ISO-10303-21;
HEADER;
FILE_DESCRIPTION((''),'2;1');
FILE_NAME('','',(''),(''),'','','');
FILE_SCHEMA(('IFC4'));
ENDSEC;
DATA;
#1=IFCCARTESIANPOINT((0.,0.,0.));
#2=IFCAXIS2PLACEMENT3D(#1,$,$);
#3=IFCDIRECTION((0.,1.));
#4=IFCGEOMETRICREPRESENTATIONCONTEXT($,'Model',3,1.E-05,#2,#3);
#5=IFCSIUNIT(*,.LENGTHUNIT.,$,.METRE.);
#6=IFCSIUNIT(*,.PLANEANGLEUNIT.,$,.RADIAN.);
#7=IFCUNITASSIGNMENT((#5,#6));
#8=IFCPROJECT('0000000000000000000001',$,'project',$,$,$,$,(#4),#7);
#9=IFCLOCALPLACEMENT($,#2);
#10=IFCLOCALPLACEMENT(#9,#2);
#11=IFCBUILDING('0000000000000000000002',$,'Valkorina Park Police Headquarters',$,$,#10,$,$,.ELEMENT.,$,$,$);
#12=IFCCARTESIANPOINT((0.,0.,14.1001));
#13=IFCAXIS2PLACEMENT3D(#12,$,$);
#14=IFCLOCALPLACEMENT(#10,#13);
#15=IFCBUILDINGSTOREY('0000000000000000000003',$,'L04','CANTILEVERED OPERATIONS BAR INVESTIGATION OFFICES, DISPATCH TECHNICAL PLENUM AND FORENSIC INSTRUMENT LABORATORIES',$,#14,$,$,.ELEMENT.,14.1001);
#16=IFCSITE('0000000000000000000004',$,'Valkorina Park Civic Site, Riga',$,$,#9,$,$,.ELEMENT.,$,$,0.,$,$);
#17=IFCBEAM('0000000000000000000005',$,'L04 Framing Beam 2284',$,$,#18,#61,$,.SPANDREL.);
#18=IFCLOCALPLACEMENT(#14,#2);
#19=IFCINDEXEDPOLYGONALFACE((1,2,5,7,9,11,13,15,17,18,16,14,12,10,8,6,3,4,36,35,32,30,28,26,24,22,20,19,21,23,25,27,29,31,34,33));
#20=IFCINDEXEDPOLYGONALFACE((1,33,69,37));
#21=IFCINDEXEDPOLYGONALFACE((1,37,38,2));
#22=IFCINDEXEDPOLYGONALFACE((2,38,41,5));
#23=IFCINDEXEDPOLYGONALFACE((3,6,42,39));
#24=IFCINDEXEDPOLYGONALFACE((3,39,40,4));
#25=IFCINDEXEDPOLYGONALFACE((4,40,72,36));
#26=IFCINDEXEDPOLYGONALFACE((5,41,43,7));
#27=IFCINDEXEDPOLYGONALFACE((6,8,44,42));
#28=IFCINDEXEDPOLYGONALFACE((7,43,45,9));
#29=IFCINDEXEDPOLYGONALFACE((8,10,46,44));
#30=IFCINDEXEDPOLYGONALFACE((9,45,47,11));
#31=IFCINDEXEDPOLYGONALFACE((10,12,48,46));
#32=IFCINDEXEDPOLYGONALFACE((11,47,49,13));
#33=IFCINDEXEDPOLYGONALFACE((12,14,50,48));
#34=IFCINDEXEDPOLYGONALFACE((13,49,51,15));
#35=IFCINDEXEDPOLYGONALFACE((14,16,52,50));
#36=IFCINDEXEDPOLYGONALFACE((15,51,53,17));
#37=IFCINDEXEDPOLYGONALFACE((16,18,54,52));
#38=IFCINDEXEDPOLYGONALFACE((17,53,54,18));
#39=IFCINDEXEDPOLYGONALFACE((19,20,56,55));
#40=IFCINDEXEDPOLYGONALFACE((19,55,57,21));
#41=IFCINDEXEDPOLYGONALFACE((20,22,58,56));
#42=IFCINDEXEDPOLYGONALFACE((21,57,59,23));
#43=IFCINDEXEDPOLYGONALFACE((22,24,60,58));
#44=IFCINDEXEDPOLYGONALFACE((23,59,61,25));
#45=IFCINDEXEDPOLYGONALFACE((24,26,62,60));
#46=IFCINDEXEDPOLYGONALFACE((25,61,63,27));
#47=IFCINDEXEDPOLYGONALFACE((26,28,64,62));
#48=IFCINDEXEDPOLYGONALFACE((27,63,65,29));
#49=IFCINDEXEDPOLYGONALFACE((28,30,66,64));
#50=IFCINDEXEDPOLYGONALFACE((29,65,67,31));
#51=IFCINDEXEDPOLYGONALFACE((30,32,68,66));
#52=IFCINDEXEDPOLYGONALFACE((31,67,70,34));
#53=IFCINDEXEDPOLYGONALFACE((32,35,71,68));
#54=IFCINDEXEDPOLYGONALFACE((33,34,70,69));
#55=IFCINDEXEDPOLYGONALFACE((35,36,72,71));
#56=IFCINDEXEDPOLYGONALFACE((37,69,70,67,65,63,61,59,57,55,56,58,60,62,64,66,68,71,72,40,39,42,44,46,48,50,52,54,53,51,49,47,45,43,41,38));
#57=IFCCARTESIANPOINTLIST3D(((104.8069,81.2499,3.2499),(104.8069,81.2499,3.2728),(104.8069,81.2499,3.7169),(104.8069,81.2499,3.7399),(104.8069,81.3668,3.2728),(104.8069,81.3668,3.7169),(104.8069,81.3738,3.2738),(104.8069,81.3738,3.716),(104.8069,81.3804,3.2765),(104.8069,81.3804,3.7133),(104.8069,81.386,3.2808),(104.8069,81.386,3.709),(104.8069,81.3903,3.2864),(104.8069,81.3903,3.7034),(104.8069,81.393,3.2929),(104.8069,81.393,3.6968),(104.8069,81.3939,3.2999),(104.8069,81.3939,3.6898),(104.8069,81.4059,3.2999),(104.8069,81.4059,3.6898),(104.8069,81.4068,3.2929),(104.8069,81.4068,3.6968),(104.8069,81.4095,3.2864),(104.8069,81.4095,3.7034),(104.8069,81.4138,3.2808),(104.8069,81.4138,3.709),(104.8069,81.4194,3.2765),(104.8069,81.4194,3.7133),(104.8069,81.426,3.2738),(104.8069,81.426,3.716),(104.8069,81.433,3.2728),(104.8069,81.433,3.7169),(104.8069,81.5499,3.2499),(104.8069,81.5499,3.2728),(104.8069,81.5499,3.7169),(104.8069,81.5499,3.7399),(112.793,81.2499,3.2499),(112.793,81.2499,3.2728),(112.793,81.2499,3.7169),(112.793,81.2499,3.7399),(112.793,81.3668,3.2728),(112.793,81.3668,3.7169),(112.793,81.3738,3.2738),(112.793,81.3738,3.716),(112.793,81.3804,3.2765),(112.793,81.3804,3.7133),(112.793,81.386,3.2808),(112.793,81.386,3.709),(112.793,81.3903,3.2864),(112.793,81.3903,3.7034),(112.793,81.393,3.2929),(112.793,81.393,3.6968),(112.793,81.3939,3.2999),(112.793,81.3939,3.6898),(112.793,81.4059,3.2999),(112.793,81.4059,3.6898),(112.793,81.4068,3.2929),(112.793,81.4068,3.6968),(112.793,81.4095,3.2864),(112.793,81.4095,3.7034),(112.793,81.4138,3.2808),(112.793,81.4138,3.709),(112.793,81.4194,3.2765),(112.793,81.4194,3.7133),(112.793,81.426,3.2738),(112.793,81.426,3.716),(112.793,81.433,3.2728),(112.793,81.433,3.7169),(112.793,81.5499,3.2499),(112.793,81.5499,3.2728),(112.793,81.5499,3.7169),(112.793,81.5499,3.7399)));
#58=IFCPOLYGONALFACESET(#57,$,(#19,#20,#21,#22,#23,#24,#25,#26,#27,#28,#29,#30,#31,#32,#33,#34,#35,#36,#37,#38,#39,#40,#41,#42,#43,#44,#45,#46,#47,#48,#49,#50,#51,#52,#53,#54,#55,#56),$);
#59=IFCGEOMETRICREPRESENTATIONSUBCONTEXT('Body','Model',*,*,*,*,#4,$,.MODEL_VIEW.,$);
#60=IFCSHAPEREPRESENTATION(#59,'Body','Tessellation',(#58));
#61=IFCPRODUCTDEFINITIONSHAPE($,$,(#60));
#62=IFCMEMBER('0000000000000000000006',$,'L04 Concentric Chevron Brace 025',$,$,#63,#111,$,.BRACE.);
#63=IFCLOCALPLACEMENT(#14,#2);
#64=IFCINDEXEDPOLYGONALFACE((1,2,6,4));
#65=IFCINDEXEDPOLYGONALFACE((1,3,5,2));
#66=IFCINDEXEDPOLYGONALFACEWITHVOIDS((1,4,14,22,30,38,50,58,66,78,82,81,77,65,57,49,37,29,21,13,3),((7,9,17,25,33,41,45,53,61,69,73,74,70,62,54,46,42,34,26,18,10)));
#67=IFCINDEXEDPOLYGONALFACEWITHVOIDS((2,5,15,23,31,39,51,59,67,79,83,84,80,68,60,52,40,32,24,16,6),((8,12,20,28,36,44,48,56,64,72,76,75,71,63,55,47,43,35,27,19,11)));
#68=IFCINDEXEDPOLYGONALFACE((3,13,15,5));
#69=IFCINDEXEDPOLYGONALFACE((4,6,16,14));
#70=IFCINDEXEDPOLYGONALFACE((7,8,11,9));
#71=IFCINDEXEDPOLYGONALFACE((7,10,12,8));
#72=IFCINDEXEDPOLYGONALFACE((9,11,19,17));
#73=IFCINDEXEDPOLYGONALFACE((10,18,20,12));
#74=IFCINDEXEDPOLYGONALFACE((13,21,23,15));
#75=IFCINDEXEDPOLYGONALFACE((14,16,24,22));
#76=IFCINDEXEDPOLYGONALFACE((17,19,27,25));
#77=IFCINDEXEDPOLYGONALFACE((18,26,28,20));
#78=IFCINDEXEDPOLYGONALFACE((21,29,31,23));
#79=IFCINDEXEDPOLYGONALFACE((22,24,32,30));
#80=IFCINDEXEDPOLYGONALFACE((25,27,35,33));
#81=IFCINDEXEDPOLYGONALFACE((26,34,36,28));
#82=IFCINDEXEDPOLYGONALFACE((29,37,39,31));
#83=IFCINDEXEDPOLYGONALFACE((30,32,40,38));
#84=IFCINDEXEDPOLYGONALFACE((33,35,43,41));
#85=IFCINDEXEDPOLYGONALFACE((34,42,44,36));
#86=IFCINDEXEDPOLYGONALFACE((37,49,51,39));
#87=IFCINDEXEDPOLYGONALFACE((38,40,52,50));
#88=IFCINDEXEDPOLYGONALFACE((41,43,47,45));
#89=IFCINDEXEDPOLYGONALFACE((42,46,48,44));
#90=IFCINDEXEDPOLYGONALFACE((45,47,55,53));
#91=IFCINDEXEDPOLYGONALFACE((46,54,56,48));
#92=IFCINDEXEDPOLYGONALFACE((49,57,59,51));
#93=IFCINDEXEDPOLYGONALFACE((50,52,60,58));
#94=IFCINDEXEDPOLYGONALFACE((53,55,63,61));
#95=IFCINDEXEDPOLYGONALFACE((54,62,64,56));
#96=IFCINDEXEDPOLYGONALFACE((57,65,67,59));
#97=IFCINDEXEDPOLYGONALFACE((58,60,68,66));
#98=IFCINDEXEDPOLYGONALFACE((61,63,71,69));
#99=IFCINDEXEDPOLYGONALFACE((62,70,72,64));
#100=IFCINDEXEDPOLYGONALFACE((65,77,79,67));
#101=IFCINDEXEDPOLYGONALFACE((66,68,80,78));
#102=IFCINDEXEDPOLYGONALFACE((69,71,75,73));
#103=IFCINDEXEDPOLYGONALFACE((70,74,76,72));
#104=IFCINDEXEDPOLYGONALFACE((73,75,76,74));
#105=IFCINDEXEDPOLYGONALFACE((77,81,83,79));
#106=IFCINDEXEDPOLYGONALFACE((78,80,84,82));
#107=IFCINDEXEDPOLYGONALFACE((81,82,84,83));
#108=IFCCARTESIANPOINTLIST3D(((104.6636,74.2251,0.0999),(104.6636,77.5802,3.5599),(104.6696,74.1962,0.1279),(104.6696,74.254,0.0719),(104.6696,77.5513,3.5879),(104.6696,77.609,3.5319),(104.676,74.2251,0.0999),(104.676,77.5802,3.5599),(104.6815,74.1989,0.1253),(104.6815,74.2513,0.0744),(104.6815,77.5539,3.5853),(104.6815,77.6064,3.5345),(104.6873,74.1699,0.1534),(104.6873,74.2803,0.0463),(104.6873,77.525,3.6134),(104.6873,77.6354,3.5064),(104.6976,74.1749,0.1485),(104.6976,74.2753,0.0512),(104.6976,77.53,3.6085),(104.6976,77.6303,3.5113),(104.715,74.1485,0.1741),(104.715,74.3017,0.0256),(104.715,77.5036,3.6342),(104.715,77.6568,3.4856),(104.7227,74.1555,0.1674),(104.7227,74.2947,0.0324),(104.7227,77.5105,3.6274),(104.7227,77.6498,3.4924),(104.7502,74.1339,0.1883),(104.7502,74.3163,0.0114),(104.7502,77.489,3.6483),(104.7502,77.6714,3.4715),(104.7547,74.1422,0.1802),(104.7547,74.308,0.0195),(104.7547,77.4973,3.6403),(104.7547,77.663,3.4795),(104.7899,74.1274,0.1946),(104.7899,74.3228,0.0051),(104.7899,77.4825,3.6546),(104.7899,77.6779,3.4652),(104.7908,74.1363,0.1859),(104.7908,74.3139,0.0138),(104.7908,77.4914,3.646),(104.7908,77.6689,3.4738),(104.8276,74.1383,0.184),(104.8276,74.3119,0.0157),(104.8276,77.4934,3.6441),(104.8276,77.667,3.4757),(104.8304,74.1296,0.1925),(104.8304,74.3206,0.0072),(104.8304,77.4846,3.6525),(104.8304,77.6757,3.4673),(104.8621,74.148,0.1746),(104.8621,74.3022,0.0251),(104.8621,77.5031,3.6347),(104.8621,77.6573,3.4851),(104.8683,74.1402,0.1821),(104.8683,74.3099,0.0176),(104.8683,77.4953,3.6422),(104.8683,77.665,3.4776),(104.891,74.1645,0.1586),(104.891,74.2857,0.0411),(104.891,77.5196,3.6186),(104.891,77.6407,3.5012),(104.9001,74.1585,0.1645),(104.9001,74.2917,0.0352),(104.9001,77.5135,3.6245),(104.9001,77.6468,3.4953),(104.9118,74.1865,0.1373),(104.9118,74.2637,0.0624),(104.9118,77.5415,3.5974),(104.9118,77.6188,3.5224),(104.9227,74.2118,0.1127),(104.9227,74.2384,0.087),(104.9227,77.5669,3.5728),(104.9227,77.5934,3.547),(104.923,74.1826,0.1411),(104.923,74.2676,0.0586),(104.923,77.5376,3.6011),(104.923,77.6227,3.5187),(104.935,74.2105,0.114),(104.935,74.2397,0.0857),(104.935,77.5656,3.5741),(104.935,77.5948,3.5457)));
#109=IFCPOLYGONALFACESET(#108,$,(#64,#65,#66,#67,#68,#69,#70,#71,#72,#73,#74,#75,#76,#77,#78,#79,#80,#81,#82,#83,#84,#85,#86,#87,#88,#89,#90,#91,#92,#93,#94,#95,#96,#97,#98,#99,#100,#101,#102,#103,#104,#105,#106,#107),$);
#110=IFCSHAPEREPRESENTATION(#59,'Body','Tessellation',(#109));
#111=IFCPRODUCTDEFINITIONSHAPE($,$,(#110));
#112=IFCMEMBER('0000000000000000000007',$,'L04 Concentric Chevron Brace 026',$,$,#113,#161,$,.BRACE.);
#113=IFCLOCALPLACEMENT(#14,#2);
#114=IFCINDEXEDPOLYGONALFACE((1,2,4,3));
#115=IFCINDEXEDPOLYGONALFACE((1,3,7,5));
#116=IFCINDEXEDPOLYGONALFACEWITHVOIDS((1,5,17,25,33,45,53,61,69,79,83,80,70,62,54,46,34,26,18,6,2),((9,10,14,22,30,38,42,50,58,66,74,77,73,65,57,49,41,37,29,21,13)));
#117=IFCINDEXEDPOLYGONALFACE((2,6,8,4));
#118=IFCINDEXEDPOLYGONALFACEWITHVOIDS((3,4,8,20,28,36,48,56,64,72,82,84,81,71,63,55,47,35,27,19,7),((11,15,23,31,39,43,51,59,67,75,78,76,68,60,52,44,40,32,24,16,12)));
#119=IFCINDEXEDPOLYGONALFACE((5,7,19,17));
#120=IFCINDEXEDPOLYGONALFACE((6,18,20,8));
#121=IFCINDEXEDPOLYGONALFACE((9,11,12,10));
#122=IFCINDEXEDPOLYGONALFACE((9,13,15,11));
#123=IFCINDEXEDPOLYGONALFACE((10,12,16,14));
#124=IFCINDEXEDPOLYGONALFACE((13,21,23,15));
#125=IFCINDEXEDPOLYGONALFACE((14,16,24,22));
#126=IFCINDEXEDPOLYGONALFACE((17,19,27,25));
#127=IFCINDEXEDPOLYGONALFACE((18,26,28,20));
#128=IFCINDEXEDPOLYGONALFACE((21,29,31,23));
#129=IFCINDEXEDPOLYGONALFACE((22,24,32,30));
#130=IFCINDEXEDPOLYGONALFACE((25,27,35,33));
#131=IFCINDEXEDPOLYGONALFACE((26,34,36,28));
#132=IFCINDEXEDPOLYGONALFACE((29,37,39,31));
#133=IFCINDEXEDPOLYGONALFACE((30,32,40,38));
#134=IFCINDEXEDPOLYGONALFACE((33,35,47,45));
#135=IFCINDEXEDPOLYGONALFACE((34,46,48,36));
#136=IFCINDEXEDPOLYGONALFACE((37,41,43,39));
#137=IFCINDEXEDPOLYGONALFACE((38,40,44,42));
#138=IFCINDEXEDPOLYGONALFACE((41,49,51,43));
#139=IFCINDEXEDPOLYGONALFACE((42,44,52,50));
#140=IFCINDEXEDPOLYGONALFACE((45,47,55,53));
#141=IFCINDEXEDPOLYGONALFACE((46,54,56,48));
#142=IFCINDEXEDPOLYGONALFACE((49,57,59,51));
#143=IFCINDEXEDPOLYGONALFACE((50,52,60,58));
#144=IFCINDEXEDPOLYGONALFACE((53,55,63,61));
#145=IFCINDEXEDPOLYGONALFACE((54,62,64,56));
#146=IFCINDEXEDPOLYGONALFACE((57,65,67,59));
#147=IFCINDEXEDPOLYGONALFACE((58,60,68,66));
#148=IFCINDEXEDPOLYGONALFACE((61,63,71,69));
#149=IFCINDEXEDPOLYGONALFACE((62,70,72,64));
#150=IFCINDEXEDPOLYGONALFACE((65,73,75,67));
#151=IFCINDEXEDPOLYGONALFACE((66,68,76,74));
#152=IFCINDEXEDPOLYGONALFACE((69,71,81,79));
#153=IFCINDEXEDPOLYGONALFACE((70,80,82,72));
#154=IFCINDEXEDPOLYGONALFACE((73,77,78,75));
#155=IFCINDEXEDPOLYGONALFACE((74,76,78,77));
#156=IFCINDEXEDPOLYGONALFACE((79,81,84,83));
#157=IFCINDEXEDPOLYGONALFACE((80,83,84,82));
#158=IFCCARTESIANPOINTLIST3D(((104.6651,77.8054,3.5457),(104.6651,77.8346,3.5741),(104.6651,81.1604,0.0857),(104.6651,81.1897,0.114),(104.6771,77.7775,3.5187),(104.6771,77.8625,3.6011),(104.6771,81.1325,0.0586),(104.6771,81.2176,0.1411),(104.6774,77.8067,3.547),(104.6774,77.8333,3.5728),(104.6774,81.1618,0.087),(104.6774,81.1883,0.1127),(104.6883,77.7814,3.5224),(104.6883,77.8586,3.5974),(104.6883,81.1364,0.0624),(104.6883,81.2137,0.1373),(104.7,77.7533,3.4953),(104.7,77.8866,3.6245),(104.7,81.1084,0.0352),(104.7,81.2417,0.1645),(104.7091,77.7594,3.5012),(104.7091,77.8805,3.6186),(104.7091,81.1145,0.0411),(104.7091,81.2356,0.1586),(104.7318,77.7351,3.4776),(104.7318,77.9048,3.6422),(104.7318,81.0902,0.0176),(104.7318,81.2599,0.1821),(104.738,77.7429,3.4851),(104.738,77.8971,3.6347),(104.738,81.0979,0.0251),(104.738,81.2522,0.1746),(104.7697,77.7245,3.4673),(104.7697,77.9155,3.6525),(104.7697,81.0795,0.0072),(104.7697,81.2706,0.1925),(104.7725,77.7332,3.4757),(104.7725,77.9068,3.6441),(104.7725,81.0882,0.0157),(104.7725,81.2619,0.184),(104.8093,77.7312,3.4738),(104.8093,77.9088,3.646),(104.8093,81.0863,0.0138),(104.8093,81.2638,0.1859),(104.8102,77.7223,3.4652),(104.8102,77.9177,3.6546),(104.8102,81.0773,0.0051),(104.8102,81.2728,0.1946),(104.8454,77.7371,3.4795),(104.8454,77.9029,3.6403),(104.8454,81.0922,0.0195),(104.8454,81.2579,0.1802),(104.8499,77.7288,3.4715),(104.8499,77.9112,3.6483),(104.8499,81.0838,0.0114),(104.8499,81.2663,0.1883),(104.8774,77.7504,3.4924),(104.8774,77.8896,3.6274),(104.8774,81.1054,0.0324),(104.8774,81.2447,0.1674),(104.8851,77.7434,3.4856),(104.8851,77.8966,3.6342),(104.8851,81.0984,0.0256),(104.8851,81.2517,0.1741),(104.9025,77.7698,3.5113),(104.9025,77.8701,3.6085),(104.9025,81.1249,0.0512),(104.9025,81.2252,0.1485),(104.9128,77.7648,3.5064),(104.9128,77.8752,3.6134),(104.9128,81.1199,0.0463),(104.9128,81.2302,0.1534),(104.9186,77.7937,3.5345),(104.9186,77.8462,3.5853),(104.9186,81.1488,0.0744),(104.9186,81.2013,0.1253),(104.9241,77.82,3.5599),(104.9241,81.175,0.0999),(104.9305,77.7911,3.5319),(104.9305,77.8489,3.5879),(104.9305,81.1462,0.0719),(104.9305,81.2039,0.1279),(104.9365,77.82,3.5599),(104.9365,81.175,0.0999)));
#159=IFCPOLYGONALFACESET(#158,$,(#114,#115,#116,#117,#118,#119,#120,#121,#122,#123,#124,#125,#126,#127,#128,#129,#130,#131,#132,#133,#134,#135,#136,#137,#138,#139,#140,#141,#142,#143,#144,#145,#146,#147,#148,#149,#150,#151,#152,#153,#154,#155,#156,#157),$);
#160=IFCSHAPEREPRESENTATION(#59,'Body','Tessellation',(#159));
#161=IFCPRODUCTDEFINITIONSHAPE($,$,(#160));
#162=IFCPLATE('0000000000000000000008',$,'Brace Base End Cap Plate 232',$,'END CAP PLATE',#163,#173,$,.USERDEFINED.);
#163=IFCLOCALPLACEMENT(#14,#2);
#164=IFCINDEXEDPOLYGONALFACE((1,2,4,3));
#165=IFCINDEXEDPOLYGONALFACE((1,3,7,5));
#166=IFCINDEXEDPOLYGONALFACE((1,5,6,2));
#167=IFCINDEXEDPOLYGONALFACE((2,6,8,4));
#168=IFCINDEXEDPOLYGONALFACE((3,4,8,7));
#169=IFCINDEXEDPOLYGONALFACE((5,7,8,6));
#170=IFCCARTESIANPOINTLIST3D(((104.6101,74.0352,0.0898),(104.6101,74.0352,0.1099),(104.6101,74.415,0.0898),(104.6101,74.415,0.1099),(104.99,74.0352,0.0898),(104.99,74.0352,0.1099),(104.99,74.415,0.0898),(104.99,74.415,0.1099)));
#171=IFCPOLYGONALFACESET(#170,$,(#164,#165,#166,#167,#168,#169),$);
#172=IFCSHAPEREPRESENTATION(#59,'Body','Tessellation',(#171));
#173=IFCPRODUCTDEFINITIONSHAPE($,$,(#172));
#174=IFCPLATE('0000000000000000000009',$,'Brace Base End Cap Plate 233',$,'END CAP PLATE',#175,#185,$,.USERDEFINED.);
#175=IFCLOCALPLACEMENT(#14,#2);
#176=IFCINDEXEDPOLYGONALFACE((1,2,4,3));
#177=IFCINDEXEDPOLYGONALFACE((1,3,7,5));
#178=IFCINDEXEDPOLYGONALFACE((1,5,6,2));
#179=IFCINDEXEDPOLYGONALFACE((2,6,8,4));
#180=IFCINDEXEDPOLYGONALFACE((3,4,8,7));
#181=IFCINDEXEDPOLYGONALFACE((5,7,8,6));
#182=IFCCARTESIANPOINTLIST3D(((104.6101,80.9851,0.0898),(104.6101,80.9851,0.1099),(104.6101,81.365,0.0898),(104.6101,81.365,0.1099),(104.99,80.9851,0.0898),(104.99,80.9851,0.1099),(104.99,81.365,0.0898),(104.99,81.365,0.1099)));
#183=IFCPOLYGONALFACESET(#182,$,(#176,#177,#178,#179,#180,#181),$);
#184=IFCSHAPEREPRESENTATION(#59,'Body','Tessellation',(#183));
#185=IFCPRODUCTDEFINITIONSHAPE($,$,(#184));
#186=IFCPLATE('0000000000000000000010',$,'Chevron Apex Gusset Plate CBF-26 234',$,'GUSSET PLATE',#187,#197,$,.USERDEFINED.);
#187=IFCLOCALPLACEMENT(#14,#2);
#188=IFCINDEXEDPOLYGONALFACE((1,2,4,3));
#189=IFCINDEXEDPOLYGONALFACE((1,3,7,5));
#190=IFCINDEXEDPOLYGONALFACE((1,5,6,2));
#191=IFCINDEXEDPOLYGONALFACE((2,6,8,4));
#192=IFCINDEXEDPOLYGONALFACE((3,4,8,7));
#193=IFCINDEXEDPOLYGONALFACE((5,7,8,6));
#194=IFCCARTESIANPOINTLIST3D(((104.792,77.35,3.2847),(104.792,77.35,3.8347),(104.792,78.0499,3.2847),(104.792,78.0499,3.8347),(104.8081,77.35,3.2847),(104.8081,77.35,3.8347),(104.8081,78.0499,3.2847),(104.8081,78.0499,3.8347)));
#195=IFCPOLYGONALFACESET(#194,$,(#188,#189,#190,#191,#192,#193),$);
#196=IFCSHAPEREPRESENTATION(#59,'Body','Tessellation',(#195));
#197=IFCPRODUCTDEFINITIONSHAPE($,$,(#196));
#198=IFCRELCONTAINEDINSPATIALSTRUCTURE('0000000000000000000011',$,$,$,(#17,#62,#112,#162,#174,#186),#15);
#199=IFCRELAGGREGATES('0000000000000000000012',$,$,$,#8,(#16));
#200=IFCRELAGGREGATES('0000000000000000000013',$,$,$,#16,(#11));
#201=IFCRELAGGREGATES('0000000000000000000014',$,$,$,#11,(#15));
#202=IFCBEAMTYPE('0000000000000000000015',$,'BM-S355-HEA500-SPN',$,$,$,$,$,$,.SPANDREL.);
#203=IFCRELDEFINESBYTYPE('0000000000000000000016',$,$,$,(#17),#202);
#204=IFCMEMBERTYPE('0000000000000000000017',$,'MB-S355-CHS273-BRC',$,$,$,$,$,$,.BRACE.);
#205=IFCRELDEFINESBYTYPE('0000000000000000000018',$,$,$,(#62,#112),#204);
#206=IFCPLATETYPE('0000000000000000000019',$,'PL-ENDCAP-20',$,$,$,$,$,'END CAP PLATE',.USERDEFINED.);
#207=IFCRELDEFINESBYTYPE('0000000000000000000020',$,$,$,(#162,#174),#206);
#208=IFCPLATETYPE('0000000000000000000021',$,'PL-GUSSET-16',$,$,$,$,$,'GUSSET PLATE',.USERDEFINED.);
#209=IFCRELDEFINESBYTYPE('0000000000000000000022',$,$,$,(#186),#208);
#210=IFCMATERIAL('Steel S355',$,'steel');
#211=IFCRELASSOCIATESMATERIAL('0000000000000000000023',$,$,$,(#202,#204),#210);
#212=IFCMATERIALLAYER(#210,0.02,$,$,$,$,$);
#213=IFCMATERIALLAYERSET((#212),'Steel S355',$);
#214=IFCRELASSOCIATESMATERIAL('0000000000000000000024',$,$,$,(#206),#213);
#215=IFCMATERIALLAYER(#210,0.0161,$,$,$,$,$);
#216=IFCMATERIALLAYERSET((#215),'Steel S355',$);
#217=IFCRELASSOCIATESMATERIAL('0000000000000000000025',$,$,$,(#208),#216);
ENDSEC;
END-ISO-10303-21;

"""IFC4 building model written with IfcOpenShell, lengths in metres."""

from ifc_helpers import new_model, si_unit, direction, frame, origin, origin_2d, place, context, subcontext, project, spatial, rectangle, hollow_circle, i_section, extrude, material, layer, layer_set, material_profile, profile_set, type_object, element, save


model = new_model("IFC4")

# Units and contexts
model_context = context("Model", 3, precision=1e-05, world=origin(), true_north=direction((0.0, 1.0)))
body_context = subcontext(model_context, "Body", "Model", "MODEL_VIEW")
ifc_project = project(units=[si_unit("LENGTHUNIT", "METRE"), si_unit("PLANEANGLEUNIT", "RADIAN")], contexts=[model_context])

# Site, building, storey
site_placement = place(None, origin())
site = spatial("IfcSite", under=ifc_project, at=site_placement, Name="Valkorina Park Civic Site, Riga", CompositionType="ELEMENT", RefElevation=0.0)
building_placement = place(site_placement, origin())
building = spatial("IfcBuilding", under=site, at=building_placement, Name="Valkorina Park Police Headquarters", CompositionType="ELEMENT")
storey_placement = place(building_placement, frame((0.0, 0.0, 14.1001)))
storey = spatial("IfcBuildingStorey", under=building, at=storey_placement, Name="L04", Description="CANTILEVERED OPERATIONS BAR INVESTIGATION OFFICES, DISPATCH TECHNICAL PLENUM AND FORENSIC INSTRUMENT LABORATORIES", CompositionType="ELEMENT", Elevation=14.1001)

# Shared definitions
ifc_material_1 = material(Name="Steel S355", Category="steel")

# Beam
ifc_material_profile_1 = material_profile(ifc_material_1, i_section(OverallWidth=0.3, OverallDepth=0.49, WebThickness=0.012, FlangeThickness=0.0229, FilletRadius=0.0271, at=origin_2d()), Name="HEA 500")
ifc_profile_set_1 = profile_set([ifc_material_profile_1], Name="Steel S355")
beam_type_1 = type_object("IfcBeamType", Name="BM-S355-HEA500-SPN", PredefinedType="SPANDREL", material=ifc_profile_set_1)
beam_1_placement = place(storey_placement, frame((104.8069, 81.3999, 3.4949), z_axis=(1.0, 0.0, 0.0), x_axis=(0.0, 1.0, 0.0)))
element("IfcBeam", 1, at=beam_1_placement, inside=storey, type_object=beam_type_1, Name="L04 Framing Beam 2284", PredefinedType="SPANDREL", context=body_context, shape_type="SweptSolid", body=[
    extrude(i_section(OverallWidth=0.3, OverallDepth=0.49, WebThickness=0.012, FlangeThickness=0.0229, FilletRadius=0.0271, at=origin_2d()), origin(), (0.0, 0.0, 1.0), 7.9861),
])

# Members
ifc_material_profile_2 = material_profile(ifc_material_1, hollow_circle(Radius=0.1365, WallThickness=0.0125, at=origin_2d()), Name="CHS 273x12.5")
ifc_profile_set_2 = profile_set([ifc_material_profile_2], Name="Steel S355")
member_type = type_object("IfcMemberType", Name="MB-S355-CHS273-BRC", PredefinedType="BRACE", material=ifc_profile_set_2)
for number, where, z_axis, x_axis, name in (
    (2, (104.8, 74.2251, 0.0999), (0.0, 0.696132, 0.717914), (-1.0, 0.0, 0.0), "L04 Concentric Chevron Brace 025"),
    (3, (104.8, 81.175, 0.0999), (0.0, -0.696132, 0.717914), (1.0, 0.0, 0.0), "L04 Concentric Chevron Brace 026"),
):
    element("IfcMember", number, at=place(storey_placement, frame(where, z_axis=z_axis, x_axis=x_axis)), inside=storey, type_object=member_type, Name=name, PredefinedType="BRACE", context=body_context, shape_type="SweptSolid", body=[
        extrude(hollow_circle(Radius=0.1365, WallThickness=0.0125, at=origin_2d()), origin(), (0.0, 0.0, 1.0), 4.8196),
    ])

# Plates
ifc_layer_1 = layer(ifc_material_1, 0.02)
ifc_layer_set_1 = layer_set([ifc_layer_1], Name="Steel S355")
plate_type_1 = type_object("IfcPlateType", Name="PL-ENDCAP-20", ElementType="END CAP PLATE", PredefinedType="USERDEFINED", material=ifc_layer_set_1)
for number, where, z_axis, x_axis, name in (
    (4, (104.8, 74.2251, 0.0898), (0.0, 0.0, 1.0), (1.0, 0.0, 0.0), "Brace Base End Cap Plate 232"),
    (5, (104.8, 81.175, 0.0898), (0.0, 0.0, 1.0), (1.0, 0.0, 0.0), "Brace Base End Cap Plate 233"),
):
    element("IfcPlate", number, at=place(storey_placement, frame(where, z_axis=z_axis, x_axis=x_axis)), inside=storey, type_object=plate_type_1, Name=name, ObjectType="END CAP PLATE", PredefinedType="USERDEFINED", context=body_context, shape_type="SweptSolid", body=[
        extrude(rectangle(XDim=0.3799, YDim=0.3799, at=origin_2d()), origin(), (0.0, 0.0, 1.0), 0.02),
    ])
ifc_layer_2 = layer(ifc_material_1, 0.0161)
ifc_layer_set_2 = layer_set([ifc_layer_2], Name="Steel S355")
plate_type_2 = type_object("IfcPlateType", Name="PL-GUSSET-16", ElementType="GUSSET PLATE", PredefinedType="USERDEFINED", material=ifc_layer_set_2)
plate_placement = place(storey_placement, frame((104.8, 77.7, 3.2847), z_axis=(0.0, 0.0, 1.0), x_axis=(1.0, 0.0, 0.0)))
element("IfcPlate", 6, at=plate_placement, inside=storey, type_object=plate_type_2, Name="Chevron Apex Gusset Plate CBF-26 234", ObjectType="GUSSET PLATE", PredefinedType="USERDEFINED", context=body_context, shape_type="SweptSolid", body=[
    extrude(rectangle(XDim=0.0161, YDim=0.7, at=origin_2d()), origin(), (0.0, 0.0, 1.0), 0.55),
])

save(model, "model.ifc")
